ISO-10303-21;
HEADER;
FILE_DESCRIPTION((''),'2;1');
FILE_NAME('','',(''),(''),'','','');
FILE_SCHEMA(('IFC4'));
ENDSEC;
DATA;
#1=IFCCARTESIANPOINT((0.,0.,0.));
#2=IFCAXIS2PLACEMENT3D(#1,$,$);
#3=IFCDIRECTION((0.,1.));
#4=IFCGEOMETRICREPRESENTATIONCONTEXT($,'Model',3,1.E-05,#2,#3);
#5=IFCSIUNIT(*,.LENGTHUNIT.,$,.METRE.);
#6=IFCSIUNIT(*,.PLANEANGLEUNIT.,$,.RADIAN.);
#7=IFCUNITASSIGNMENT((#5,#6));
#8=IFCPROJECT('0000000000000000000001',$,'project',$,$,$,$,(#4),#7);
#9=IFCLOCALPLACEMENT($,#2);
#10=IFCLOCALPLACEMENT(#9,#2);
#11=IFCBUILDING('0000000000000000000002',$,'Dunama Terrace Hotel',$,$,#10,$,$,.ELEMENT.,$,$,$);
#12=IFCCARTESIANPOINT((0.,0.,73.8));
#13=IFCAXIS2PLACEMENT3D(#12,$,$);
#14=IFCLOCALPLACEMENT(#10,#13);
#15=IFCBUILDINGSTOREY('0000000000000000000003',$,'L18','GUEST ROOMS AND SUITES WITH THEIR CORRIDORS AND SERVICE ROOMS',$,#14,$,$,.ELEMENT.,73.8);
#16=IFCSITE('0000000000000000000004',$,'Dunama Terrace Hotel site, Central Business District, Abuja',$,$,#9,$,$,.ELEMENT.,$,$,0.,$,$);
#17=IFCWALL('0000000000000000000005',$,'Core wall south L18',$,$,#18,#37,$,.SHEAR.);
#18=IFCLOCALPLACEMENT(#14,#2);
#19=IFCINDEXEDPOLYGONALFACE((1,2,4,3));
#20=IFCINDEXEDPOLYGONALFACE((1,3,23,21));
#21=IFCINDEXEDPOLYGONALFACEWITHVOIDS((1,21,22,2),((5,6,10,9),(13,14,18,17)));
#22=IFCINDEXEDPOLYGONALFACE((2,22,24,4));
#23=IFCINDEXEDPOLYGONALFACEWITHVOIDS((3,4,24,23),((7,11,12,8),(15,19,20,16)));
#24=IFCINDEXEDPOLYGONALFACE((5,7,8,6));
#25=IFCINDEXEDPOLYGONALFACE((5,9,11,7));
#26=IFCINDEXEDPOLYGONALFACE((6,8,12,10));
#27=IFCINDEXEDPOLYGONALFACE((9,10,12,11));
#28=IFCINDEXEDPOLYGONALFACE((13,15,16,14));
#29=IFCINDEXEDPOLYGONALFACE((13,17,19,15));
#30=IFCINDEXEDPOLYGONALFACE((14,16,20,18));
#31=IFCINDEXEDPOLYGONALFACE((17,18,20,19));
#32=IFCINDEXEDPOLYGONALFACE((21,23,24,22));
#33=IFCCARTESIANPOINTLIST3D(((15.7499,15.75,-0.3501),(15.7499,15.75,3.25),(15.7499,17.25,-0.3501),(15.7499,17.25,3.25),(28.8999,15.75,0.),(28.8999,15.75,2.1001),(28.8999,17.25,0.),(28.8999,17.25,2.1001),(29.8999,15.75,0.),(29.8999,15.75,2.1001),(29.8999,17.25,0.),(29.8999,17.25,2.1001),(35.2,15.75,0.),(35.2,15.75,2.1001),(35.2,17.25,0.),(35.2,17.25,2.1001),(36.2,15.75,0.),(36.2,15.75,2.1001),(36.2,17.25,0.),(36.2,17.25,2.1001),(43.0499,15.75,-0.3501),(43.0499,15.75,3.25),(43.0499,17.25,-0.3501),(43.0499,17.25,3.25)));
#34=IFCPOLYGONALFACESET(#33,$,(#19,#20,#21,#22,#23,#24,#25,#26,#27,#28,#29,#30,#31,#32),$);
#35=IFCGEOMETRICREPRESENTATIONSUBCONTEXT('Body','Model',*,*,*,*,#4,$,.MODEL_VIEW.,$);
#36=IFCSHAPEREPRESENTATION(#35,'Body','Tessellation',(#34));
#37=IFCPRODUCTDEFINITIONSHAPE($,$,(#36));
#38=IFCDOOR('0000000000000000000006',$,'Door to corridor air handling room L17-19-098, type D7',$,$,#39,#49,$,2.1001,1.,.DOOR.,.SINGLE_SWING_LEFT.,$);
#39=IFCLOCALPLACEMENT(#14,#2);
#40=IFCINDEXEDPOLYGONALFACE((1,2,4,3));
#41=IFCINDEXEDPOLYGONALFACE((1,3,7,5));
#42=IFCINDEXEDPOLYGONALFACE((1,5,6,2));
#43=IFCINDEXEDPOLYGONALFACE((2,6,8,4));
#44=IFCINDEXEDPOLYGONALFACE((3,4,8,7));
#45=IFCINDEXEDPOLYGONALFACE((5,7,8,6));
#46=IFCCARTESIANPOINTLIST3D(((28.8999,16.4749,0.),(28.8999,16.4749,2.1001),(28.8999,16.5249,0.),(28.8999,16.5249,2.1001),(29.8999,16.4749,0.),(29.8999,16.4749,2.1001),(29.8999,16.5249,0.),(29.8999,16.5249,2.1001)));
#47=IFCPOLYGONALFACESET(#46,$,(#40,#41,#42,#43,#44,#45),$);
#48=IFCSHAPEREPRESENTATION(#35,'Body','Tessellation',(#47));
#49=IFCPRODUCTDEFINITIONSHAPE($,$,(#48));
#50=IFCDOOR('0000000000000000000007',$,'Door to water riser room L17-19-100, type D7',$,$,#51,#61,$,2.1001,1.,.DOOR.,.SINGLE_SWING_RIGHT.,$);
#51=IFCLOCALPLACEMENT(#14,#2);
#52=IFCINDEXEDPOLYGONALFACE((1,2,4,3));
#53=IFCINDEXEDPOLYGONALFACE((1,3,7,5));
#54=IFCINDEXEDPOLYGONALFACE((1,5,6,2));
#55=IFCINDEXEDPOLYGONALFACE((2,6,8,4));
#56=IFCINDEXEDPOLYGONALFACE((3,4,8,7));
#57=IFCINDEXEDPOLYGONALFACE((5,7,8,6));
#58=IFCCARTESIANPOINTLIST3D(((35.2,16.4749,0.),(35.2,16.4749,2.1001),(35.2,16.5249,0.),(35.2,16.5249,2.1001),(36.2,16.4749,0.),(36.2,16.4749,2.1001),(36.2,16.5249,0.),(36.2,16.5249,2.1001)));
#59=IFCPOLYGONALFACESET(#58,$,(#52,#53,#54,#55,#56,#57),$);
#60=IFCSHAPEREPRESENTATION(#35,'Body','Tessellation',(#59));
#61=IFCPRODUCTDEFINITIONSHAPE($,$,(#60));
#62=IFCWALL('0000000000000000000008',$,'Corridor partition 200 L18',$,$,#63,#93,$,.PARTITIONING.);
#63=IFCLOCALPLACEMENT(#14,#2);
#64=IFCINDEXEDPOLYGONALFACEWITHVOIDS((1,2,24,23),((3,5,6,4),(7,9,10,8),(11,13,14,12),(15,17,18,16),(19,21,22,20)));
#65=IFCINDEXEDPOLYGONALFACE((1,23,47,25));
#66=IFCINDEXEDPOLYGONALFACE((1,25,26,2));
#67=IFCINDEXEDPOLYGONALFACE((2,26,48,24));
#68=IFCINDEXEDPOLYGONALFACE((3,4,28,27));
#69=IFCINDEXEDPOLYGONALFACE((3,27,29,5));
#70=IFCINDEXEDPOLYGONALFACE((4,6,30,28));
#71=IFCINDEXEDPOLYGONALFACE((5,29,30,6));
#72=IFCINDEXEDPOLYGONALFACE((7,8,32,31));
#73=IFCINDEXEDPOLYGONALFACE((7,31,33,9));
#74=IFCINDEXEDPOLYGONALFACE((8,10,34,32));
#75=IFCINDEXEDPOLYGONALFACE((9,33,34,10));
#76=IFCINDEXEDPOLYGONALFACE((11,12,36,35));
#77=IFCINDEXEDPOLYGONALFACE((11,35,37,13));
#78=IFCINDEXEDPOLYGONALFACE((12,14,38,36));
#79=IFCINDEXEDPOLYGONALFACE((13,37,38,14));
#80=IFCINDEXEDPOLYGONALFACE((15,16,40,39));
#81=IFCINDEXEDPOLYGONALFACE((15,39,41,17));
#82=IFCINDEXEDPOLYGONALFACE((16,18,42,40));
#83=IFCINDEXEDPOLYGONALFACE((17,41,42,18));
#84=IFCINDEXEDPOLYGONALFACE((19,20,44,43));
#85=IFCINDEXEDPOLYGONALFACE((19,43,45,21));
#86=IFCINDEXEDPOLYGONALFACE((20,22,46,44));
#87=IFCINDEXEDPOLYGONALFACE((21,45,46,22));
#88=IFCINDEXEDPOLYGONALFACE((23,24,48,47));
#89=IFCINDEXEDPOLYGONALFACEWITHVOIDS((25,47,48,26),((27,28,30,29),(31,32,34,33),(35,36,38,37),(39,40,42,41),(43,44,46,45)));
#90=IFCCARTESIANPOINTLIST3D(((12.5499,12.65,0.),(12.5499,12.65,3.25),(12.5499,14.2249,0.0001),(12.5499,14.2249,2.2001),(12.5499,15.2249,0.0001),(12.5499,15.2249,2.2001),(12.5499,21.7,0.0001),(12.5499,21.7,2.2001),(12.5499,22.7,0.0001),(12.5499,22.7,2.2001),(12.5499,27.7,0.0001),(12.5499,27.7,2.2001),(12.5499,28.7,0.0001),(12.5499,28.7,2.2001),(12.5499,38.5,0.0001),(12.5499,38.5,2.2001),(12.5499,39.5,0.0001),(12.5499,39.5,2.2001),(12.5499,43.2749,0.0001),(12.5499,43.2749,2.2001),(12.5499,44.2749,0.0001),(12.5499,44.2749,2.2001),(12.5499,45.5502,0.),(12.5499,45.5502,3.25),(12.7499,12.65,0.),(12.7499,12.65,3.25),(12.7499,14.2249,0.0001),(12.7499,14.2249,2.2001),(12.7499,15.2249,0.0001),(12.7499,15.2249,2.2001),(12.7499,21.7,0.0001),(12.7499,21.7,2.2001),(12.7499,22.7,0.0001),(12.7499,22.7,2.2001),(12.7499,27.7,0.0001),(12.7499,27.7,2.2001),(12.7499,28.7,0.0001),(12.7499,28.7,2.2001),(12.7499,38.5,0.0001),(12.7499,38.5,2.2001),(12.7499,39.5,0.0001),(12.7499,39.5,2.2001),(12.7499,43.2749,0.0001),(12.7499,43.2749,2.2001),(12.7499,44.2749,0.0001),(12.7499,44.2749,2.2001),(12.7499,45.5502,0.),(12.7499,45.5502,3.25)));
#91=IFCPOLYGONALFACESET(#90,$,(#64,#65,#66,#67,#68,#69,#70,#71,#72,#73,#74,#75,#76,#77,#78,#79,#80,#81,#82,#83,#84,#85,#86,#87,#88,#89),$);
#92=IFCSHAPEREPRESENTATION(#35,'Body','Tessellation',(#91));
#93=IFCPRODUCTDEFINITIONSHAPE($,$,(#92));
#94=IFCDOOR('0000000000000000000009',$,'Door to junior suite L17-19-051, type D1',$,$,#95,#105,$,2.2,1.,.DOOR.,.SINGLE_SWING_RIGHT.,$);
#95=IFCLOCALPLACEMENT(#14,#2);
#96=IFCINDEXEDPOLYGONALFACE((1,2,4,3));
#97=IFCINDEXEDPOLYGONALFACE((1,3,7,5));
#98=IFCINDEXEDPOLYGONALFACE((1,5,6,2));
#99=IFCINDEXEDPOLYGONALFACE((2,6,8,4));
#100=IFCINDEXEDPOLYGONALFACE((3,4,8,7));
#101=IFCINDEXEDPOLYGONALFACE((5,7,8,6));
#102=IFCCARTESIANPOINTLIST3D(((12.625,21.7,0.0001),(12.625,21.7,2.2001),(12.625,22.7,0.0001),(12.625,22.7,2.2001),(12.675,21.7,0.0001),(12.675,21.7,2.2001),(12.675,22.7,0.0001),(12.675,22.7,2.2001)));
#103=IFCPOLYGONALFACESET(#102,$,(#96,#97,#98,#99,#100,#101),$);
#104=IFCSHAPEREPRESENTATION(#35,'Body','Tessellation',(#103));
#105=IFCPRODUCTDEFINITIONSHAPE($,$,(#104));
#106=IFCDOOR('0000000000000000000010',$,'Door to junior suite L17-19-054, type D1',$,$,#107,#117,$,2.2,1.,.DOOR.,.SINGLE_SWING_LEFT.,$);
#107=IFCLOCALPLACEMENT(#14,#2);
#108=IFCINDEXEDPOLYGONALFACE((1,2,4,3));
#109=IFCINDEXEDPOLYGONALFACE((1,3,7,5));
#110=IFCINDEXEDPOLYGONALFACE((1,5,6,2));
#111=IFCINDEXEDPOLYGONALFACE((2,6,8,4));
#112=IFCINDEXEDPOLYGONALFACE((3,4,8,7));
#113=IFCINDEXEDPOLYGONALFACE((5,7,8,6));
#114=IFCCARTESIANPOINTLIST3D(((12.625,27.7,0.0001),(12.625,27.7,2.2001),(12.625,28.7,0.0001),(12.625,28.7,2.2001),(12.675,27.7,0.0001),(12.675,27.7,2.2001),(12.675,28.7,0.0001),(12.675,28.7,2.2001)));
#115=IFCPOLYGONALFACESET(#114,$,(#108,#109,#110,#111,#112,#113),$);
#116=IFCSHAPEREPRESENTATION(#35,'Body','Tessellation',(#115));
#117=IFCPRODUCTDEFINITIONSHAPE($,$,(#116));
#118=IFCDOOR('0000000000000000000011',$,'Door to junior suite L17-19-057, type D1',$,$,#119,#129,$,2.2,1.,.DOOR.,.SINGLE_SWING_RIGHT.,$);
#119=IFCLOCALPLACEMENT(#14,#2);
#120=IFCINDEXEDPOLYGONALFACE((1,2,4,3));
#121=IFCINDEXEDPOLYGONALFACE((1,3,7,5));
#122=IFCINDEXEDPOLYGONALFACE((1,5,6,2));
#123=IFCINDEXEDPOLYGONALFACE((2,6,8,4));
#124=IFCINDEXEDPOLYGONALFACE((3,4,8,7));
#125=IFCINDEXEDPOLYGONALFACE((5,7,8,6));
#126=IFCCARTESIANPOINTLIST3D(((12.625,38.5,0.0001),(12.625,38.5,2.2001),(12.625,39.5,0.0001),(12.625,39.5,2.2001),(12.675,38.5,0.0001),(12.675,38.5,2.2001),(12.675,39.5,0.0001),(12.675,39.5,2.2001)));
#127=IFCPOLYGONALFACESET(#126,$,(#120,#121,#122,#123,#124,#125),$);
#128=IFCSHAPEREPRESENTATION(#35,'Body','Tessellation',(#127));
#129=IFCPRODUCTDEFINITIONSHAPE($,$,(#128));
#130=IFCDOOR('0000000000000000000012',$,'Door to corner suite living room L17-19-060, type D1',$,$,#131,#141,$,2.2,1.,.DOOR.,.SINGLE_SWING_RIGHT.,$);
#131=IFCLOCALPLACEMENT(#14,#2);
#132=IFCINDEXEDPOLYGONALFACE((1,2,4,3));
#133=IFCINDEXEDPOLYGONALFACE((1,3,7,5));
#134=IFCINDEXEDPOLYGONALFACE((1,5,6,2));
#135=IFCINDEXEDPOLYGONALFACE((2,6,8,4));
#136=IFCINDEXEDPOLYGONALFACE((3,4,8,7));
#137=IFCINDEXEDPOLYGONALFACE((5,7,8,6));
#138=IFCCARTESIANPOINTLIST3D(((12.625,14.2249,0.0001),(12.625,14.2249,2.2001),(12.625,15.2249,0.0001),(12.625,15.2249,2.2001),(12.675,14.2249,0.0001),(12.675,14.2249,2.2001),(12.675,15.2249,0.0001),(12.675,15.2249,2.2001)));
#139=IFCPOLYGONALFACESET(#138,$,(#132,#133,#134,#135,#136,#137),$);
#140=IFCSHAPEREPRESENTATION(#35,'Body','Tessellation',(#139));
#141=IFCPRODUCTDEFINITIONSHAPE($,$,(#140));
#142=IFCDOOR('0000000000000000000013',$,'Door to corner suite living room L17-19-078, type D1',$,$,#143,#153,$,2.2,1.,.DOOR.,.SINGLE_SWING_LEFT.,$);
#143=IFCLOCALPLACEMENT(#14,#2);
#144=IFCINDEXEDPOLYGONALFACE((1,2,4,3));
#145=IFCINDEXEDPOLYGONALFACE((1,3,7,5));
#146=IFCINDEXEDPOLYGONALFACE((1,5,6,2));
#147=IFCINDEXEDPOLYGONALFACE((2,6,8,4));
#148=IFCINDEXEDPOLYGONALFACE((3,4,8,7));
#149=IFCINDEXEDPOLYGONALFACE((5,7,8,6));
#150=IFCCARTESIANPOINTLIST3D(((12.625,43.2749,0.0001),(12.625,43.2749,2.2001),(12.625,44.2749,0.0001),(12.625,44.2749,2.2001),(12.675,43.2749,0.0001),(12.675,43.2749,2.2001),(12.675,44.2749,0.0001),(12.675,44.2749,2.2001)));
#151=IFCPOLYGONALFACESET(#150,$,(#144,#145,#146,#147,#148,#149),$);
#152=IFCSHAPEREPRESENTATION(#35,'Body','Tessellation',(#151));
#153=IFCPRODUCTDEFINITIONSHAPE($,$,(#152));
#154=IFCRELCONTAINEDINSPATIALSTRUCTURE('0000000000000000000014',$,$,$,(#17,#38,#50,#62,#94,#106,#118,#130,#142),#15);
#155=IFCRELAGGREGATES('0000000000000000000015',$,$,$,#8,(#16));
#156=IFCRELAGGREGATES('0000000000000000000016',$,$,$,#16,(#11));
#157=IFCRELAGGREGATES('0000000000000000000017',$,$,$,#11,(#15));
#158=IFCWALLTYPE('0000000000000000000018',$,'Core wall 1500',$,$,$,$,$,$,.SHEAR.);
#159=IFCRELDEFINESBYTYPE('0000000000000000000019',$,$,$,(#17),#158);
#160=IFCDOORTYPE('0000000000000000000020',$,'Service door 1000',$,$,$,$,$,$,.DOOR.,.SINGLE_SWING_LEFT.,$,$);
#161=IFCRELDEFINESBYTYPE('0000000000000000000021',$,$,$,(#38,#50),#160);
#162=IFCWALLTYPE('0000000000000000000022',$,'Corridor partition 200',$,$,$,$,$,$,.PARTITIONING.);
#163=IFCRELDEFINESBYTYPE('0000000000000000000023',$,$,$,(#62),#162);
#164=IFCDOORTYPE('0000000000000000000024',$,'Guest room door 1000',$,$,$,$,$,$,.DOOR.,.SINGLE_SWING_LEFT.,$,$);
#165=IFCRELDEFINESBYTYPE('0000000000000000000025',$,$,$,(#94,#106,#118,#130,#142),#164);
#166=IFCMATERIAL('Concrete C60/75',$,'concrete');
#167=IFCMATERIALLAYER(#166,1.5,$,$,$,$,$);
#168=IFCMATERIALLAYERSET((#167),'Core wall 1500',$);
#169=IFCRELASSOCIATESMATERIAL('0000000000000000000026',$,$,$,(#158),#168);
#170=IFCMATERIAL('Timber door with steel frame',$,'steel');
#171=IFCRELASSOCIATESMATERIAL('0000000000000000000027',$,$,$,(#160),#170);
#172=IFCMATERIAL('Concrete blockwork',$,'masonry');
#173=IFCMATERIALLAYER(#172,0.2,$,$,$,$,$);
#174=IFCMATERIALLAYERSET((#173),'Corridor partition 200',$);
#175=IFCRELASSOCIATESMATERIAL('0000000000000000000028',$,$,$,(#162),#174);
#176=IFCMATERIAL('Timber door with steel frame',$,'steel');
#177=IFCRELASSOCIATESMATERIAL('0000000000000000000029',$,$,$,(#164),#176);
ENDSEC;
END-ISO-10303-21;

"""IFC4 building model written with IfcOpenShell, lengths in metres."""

from ifc_helpers import new_model, si_unit, direction, frame, frame_2d, origin, place, context, subcontext, project, spatial, rectangle, extrude, material, layer, layer_set, type_object, element, fill, save


model = new_model("IFC4")

# Units and contexts
model_context = context("Model", 3, precision=1e-05, world=origin(), true_north=direction((0.0, 1.0)))
body_context = subcontext(model_context, "Body", "Model", "MODEL_VIEW")
ifc_project = project(units=[si_unit("LENGTHUNIT", "METRE"), si_unit("PLANEANGLEUNIT", "RADIAN")], contexts=[model_context])

# Site, building, storey
site_placement = place(None, origin())
site = spatial("IfcSite", under=ifc_project, at=site_placement, Name="Dunama Terrace Hotel site, Central Business District, Abuja", CompositionType="ELEMENT", RefElevation=0.0)
building_placement = place(site_placement, origin())
building = spatial("IfcBuilding", under=site, at=building_placement, Name="Dunama Terrace Hotel", CompositionType="ELEMENT")
storey_placement = place(building_placement, frame((0.0, 0.0, 73.8)))
storey = spatial("IfcBuildingStorey", under=building, at=storey_placement, Name="L18", Description="GUEST ROOMS AND SUITES WITH THEIR CORRIDORS AND SERVICE ROOMS", CompositionType="ELEMENT", Elevation=73.8)

# Walls, openings, doors
ifc_material_1 = material(Name="Concrete C60/75", Category="concrete")
ifc_layer_1 = layer(ifc_material_1, 1.5)
ifc_layer_set_1 = layer_set([ifc_layer_1], Name="Core wall 1500")
wall_type_1 = type_object("IfcWallType", Name="Core wall 1500", PredefinedType="SHEAR", material=ifc_layer_set_1)
wall_1_placement = place(storey_placement, frame((15.75, 16.5, -0.3501), z_axis=(0.0, 0.0, 1.0), x_axis=(1.0, 0.0, 0.0)))
wall_1 = element("IfcWall", 1, at=wall_1_placement, inside=storey, type_object=wall_type_1, Name="Core wall south L18", PredefinedType="SHEAR", context=body_context, shape_type="SweptSolid", body=[
    extrude(rectangle(XDim=27.3, YDim=1.5, at=frame_2d((13.6499, 0.0))), origin(), (0.0, 0.0, 1.0), 3.6001),
])
opening_1_placement = place(wall_1_placement, frame((13.1499, 0.0, 0.3501)))
opening_1 = element("IfcOpeningElement", 2, at=opening_1_placement, cuts=wall_1, PredefinedType="OPENING", context=body_context, shape_type="SweptSolid", body=[
    extrude(rectangle(XDim=1.0, YDim=2.1001, at=frame_2d((0.5, 1.05))), frame((0.0, 0.76, 0.0), z_axis=(0.0, -1.0, 0.0), x_axis=(1.0, 0.0, 0.0)), (0.0, 0.0, 1.0), 1.52),
])
opening_2_placement = place(wall_1_placement, frame((19.45, 0.0, 0.3501)))
opening_2 = element("IfcOpeningElement", 3, at=opening_2_placement, cuts=wall_1, PredefinedType="OPENING", context=body_context, shape_type="SweptSolid", body=[
    extrude(rectangle(XDim=1.0, YDim=2.1001, at=frame_2d((0.5, 1.05))), frame((0.0, 0.76, 0.0), z_axis=(0.0, -1.0, 0.0), x_axis=(1.0, 0.0, 0.0)), (0.0, 0.0, 1.0), 1.52),
])
ifc_material_2 = material(Name="Timber door with steel frame", Category="steel")
door_type_1 = type_object("IfcDoorType", Name="Service door 1000", OperationType="SINGLE_SWING_LEFT", PredefinedType="DOOR", material=ifc_material_2)
door_1_placement = place(opening_1_placement, origin())
door_1 = element("IfcDoor", 4, at=door_1_placement, inside=storey, type_object=door_type_1, Name="Door to corridor air handling room L17-19-098, type D7", OperationType="SINGLE_SWING_LEFT", OverallHeight=2.1001, OverallWidth=1.0, PredefinedType="DOOR", context=body_context, shape_type="SweptSolid", body=[
    extrude(rectangle(XDim=1.0, YDim=2.1001, at=frame_2d((0.5, 1.05))), frame((0.0, 0.0249, 0.0), z_axis=(0.0, -1.0, 0.0), x_axis=(1.0, 0.0, 0.0)), (0.0, 0.0, 1.0), 0.05),
])
fill(opening_1, door_1)
door_2_placement = place(opening_2_placement, origin())
door_2 = element("IfcDoor", 5, at=door_2_placement, inside=storey, type_object=door_type_1, Name="Door to water riser room L17-19-100, type D7", OperationType="SINGLE_SWING_RIGHT", OverallHeight=2.1001, OverallWidth=1.0, PredefinedType="DOOR", context=body_context, shape_type="SweptSolid", body=[
    extrude(rectangle(XDim=1.0, YDim=2.1001, at=frame_2d((0.5, 1.05))), frame((0.0, 0.0249, 0.0), z_axis=(0.0, -1.0, 0.0), x_axis=(1.0, 0.0, 0.0)), (0.0, 0.0, 1.0), 0.05),
])
fill(opening_2, door_2)
ifc_material_3 = material(Name="Concrete blockwork", Category="masonry")
ifc_layer_2 = layer(ifc_material_3, 0.2)
ifc_layer_set_2 = layer_set([ifc_layer_2], Name="Corridor partition 200")
wall_type_2 = type_object("IfcWallType", Name="Corridor partition 200", PredefinedType="PARTITIONING", material=ifc_layer_set_2)
wall_2_placement = place(storey_placement, frame((12.6499, 12.6499, 0.0), z_axis=(0.0, 0.0, 1.0), x_axis=(0.0, 1.0, 0.0)))
wall_2 = element("IfcWall", 6, at=wall_2_placement, inside=storey, type_object=wall_type_2, Name="Corridor partition 200 L18", PredefinedType="PARTITIONING", context=body_context, shape_type="SweptSolid", body=[
    extrude(rectangle(XDim=32.9001, YDim=0.2, at=frame_2d((16.4502, 0.0))), origin(), (0.0, 0.0, 1.0), 3.25),
])
opening_3_placement = place(wall_2_placement, frame((9.05, 0.0, 0.0)))
opening_3 = element("IfcOpeningElement", 7, at=opening_3_placement, cuts=wall_2, PredefinedType="OPENING", context=body_context, shape_type="SweptSolid", body=[
    extrude(rectangle(XDim=1.0, YDim=2.2, at=frame_2d((0.5, 1.1001))), frame((0.0, 0.1099, 0.0), z_axis=(0.0, -1.0, 0.0), x_axis=(1.0, 0.0, 0.0)), (0.0, 0.0, 1.0), 0.22),
])
opening_4_placement = place(wall_2_placement, frame((15.05, 0.0, 0.0)))
opening_4 = element("IfcOpeningElement", 8, at=opening_4_placement, cuts=wall_2, PredefinedType="OPENING", context=body_context, shape_type="SweptSolid", body=[
    extrude(rectangle(XDim=1.0, YDim=2.2, at=frame_2d((0.5, 1.1001))), frame((0.0, 0.1099, 0.0), z_axis=(0.0, -1.0, 0.0), x_axis=(1.0, 0.0, 0.0)), (0.0, 0.0, 1.0), 0.22),
])
opening_5_placement = place(wall_2_placement, frame((25.8501, 0.0, 0.0)))
opening_5 = element("IfcOpeningElement", 9, at=opening_5_placement, cuts=wall_2, PredefinedType="OPENING", context=body_context, shape_type="SweptSolid", body=[
    extrude(rectangle(XDim=1.0, YDim=2.2, at=frame_2d((0.5, 1.1001))), frame((0.0, 0.1099, 0.0), z_axis=(0.0, -1.0, 0.0), x_axis=(1.0, 0.0, 0.0)), (0.0, 0.0, 1.0), 0.22),
])
opening_6_placement = place(wall_2_placement, frame((1.575, 0.0, 0.0)))
opening_6 = element("IfcOpeningElement", 10, at=opening_6_placement, cuts=wall_2, PredefinedType="OPENING", context=body_context, shape_type="SweptSolid", body=[
    extrude(rectangle(XDim=1.0, YDim=2.2, at=frame_2d((0.5, 1.1001))), frame((0.0, 0.1099, 0.0), z_axis=(0.0, -1.0, 0.0), x_axis=(1.0, 0.0, 0.0)), (0.0, 0.0, 1.0), 0.22),
])
opening_7_placement = place(wall_2_placement, frame((30.625, 0.0, 0.0)))
opening_7 = element("IfcOpeningElement", 11, at=opening_7_placement, cuts=wall_2, PredefinedType="OPENING", context=body_context, shape_type="SweptSolid", body=[
    extrude(rectangle(XDim=1.0, YDim=2.2, at=frame_2d((0.5, 1.1001))), frame((0.0, 0.1099, 0.0), z_axis=(0.0, -1.0, 0.0), x_axis=(1.0, 0.0, 0.0)), (0.0, 0.0, 1.0), 0.22),
])
ifc_material_4 = material(Name="Timber door with steel frame", Category="steel")
door_type_2 = type_object("IfcDoorType", Name="Guest room door 1000", OperationType="SINGLE_SWING_LEFT", PredefinedType="DOOR", material=ifc_material_4)
door_3_placement = place(opening_3_placement, origin())
door_3 = element("IfcDoor", 12, at=door_3_placement, inside=storey, type_object=door_type_2, Name="Door to junior suite L17-19-051, type D1", OperationType="SINGLE_SWING_RIGHT", OverallHeight=2.2, OverallWidth=1.0, PredefinedType="DOOR", context=body_context, shape_type="SweptSolid", body=[
    extrude(rectangle(XDim=1.0, YDim=2.2, at=frame_2d((0.5, 1.1001))), frame((0.0, 0.0249, 0.0), z_axis=(0.0, -1.0, 0.0), x_axis=(1.0, 0.0, 0.0)), (0.0, 0.0, 1.0), 0.05),
])
fill(opening_3, door_3)
door_4_placement = place(opening_4_placement, origin())
door_4 = element("IfcDoor", 13, at=door_4_placement, inside=storey, type_object=door_type_2, Name="Door to junior suite L17-19-054, type D1", OperationType="SINGLE_SWING_LEFT", OverallHeight=2.2, OverallWidth=1.0, PredefinedType="DOOR", context=body_context, shape_type="SweptSolid", body=[
    extrude(rectangle(XDim=1.0, YDim=2.2, at=frame_2d((0.5, 1.1001))), frame((0.0, 0.0249, 0.0), z_axis=(0.0, -1.0, 0.0), x_axis=(1.0, 0.0, 0.0)), (0.0, 0.0, 1.0), 0.05),
])
fill(opening_4, door_4)
door_5_placement = place(opening_5_placement, origin())
door_5 = element("IfcDoor", 14, at=door_5_placement, inside=storey, type_object=door_type_2, Name="Door to junior suite L17-19-057, type D1", OperationType="SINGLE_SWING_RIGHT", OverallHeight=2.2, OverallWidth=1.0, PredefinedType="DOOR", context=body_context, shape_type="SweptSolid", body=[
    extrude(rectangle(XDim=1.0, YDim=2.2, at=frame_2d((0.5, 1.1001))), frame((0.0, 0.0249, 0.0), z_axis=(0.0, -1.0, 0.0), x_axis=(1.0, 0.0, 0.0)), (0.0, 0.0, 1.0), 0.05),
])
fill(opening_5, door_5)
door_6_placement = place(opening_6_placement, origin())
door_6 = element("IfcDoor", 15, at=door_6_placement, inside=storey, type_object=door_type_2, Name="Door to corner suite living room L17-19-060, type D1", OperationType="SINGLE_SWING_RIGHT", OverallHeight=2.2, OverallWidth=1.0, PredefinedType="DOOR", context=body_context, shape_type="SweptSolid", body=[
    extrude(rectangle(XDim=1.0, YDim=2.2, at=frame_2d((0.5, 1.1001))), frame((0.0, 0.0249, 0.0), z_axis=(0.0, -1.0, 0.0), x_axis=(1.0, 0.0, 0.0)), (0.0, 0.0, 1.0), 0.05),
])
fill(opening_6, door_6)
door_7_placement = place(opening_7_placement, origin())
door_7 = element("IfcDoor", 16, at=door_7_placement, inside=storey, type_object=door_type_2, Name="Door to corner suite living room L17-19-078, type D1", OperationType="SINGLE_SWING_LEFT", OverallHeight=2.2, OverallWidth=1.0, PredefinedType="DOOR", context=body_context, shape_type="SweptSolid", body=[
    extrude(rectangle(XDim=1.0, YDim=2.2, at=frame_2d((0.5, 1.1001))), frame((0.0, 0.0249, 0.0), z_axis=(0.0, -1.0, 0.0), x_axis=(1.0, 0.0, 0.0)), (0.0, 0.0, 1.0), 0.05),
])
fill(opening_7, door_7)

save(model, "model.ifc")
